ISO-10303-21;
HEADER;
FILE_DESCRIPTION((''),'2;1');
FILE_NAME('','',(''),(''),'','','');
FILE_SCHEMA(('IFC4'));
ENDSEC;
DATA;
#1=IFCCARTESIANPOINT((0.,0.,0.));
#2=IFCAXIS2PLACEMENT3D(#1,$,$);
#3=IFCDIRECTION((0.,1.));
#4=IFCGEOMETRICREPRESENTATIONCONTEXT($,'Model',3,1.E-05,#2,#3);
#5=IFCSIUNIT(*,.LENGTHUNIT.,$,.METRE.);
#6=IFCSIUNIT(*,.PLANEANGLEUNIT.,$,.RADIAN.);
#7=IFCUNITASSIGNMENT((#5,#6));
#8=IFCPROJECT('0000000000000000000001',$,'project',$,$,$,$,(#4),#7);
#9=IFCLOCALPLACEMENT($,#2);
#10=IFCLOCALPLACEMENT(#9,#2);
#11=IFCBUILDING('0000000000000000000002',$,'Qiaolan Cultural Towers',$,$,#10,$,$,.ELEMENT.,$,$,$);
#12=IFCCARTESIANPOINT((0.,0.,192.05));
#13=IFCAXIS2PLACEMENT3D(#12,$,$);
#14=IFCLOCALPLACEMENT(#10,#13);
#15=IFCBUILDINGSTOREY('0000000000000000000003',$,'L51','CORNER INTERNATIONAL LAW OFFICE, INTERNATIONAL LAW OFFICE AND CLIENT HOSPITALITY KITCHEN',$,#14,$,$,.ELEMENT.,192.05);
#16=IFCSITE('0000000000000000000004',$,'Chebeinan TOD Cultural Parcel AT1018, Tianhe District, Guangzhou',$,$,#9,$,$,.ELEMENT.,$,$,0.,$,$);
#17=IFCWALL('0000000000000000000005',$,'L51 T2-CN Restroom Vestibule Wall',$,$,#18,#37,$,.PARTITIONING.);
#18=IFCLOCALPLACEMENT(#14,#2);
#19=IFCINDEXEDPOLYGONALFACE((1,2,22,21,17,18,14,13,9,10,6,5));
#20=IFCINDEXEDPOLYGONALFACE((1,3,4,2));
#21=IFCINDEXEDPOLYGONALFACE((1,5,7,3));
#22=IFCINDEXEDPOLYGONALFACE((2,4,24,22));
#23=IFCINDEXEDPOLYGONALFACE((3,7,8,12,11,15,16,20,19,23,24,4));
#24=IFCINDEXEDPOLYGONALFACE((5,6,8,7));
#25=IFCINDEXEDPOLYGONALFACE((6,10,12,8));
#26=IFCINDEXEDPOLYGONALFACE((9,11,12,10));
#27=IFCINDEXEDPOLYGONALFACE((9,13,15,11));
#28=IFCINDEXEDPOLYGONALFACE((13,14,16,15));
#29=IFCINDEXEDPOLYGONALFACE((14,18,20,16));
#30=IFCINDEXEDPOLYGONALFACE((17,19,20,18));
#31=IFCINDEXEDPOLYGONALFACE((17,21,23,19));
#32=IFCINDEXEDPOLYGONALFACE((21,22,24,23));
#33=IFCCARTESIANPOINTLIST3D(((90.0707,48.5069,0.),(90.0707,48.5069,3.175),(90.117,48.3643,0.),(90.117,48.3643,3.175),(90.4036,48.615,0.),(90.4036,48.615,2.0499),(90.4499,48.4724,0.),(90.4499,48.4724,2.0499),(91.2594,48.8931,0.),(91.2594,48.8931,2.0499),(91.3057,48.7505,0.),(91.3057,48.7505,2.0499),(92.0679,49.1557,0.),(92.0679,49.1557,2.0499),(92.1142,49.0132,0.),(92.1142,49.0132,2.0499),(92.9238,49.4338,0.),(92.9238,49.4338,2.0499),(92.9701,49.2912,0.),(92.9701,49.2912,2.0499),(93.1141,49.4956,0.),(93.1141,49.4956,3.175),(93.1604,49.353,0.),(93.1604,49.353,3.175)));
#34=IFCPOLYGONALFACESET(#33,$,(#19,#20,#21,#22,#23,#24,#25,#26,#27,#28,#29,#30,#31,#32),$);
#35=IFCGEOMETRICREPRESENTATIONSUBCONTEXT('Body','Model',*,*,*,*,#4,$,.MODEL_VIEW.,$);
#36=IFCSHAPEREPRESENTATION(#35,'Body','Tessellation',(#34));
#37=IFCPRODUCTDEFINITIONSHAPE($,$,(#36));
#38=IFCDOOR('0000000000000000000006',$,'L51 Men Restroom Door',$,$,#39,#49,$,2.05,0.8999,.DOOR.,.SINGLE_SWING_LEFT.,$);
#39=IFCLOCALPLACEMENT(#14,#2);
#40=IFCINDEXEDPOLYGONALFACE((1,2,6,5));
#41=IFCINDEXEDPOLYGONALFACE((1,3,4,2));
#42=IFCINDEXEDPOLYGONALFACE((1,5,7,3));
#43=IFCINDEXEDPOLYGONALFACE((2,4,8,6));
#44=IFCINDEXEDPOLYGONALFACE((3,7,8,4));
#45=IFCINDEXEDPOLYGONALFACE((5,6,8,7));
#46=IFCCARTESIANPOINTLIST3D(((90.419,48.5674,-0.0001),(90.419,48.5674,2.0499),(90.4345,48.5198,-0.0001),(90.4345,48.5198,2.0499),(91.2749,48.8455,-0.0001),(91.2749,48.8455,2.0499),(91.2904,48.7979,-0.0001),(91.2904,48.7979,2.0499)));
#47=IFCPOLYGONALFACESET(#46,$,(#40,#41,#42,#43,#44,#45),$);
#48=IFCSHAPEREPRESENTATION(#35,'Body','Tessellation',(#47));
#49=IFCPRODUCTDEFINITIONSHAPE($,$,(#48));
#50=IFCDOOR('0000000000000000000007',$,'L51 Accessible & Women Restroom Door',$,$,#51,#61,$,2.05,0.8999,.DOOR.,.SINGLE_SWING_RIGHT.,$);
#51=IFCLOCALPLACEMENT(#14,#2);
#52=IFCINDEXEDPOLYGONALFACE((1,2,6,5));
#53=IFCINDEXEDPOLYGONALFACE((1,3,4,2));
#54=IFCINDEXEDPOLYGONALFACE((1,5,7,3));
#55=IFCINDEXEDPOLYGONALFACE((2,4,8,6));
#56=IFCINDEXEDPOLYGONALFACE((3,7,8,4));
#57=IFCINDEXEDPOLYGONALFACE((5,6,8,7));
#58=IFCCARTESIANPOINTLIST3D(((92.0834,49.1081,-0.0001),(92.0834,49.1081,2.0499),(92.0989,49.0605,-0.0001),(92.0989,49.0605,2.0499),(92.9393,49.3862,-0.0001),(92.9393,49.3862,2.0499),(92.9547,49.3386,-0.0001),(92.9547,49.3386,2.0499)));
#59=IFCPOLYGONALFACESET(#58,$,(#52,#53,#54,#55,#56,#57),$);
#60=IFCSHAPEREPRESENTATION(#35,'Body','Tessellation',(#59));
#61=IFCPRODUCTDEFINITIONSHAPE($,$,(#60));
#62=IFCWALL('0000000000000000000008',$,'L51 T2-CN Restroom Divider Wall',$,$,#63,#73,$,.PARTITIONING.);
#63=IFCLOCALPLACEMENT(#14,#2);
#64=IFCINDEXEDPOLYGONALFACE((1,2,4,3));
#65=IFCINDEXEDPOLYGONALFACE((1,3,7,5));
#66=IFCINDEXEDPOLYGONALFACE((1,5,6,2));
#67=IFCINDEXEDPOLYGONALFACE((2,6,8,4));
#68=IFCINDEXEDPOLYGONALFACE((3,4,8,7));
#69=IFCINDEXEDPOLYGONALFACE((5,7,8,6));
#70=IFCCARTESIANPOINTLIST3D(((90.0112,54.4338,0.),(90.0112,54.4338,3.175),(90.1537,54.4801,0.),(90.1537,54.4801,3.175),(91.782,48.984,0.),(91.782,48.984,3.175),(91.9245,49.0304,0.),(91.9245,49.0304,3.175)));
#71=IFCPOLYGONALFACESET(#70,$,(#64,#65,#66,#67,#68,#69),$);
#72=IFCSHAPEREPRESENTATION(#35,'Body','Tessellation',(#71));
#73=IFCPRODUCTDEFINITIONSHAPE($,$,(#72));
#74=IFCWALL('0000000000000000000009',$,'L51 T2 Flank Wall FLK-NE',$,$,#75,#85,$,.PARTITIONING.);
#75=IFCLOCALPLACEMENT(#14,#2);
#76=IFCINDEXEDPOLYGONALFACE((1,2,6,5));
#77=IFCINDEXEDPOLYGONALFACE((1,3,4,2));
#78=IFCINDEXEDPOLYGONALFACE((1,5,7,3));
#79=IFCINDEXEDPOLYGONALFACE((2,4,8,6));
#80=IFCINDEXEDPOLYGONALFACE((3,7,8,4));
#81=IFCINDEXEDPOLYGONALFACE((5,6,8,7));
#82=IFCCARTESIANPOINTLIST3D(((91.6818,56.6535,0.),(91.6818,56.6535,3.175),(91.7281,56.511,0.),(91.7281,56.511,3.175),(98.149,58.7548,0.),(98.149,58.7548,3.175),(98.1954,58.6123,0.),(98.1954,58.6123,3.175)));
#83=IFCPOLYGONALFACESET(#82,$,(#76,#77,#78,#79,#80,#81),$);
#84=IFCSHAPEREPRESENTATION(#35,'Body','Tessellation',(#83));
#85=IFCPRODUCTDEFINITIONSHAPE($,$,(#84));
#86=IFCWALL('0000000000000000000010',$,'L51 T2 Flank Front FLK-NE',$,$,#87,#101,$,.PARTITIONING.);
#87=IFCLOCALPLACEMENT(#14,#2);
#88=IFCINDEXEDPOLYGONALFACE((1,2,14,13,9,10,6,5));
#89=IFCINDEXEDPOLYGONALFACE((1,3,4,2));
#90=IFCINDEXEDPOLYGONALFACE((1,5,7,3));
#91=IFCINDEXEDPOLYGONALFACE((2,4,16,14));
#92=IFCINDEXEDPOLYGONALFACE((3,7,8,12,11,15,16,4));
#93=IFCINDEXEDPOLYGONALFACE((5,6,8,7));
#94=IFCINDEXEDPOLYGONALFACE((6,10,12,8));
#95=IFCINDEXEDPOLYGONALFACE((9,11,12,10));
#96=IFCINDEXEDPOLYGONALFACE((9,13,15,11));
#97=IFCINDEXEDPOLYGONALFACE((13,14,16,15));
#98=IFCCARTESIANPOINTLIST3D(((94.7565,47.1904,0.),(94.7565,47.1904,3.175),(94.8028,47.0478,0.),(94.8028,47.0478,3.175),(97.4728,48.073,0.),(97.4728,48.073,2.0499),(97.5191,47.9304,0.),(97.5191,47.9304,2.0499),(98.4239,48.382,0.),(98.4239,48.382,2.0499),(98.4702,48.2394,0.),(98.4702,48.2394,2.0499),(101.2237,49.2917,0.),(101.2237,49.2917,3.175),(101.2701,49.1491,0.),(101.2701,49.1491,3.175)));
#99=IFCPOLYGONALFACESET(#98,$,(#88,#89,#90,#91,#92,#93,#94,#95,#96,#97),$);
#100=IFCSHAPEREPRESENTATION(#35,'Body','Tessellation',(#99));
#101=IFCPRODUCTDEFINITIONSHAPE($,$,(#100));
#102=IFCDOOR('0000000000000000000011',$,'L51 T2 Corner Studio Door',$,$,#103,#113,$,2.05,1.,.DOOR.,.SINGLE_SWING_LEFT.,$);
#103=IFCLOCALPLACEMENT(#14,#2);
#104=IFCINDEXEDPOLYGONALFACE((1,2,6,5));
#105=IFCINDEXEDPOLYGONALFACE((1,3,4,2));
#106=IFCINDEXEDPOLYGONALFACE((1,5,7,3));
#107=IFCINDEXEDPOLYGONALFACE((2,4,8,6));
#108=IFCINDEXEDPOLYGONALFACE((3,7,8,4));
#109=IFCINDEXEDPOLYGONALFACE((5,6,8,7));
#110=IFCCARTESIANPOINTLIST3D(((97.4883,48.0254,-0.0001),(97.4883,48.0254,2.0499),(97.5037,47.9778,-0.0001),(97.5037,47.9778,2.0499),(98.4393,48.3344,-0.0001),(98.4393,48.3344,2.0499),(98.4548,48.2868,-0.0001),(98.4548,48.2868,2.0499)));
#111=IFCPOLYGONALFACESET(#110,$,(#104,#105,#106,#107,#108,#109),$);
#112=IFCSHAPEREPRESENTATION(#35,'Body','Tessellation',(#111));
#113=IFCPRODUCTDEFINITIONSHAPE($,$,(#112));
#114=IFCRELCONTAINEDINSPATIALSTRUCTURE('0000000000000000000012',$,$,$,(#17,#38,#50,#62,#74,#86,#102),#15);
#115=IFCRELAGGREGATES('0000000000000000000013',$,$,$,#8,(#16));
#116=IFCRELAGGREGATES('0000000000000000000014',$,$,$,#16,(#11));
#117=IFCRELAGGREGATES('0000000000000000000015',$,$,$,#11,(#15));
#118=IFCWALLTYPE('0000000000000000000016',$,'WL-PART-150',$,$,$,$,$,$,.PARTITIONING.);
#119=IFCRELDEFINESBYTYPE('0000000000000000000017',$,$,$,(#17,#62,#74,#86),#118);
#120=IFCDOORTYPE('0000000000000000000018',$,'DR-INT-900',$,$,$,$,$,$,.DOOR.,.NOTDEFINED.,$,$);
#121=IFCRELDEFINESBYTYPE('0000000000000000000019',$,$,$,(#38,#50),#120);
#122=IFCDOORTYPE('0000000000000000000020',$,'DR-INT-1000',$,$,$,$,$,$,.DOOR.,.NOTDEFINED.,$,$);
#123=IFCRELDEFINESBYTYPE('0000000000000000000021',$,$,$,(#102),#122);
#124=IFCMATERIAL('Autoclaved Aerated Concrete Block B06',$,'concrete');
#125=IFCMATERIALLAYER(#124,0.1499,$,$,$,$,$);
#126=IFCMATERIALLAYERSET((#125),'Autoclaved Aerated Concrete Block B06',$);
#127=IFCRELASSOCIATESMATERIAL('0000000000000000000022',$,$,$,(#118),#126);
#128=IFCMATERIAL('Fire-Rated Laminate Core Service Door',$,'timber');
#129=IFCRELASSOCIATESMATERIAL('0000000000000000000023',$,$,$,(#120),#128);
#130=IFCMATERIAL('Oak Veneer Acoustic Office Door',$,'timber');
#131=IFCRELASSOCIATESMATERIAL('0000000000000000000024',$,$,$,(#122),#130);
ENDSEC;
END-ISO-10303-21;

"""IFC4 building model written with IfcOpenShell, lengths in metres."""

from ifc_helpers import new_model, si_unit, direction, frame, frame_2d, origin, place, context, subcontext, project, spatial, rectangle, extrude, material, layer, layer_set, type_object, element, fill, save


model = new_model("IFC4")

# Units and contexts
model_context = context("Model", 3, precision=1e-05, world=origin(), true_north=direction((0.0, 1.0)))
body_context = subcontext(model_context, "Body", "Model", "MODEL_VIEW")
ifc_project = project(units=[si_unit("LENGTHUNIT", "METRE"), si_unit("PLANEANGLEUNIT", "RADIAN")], contexts=[model_context])

# Site, building, storey
site_placement = place(None, origin())
site = spatial("IfcSite", under=ifc_project, at=site_placement, Name="Chebeinan TOD Cultural Parcel AT1018, Tianhe District, Guangzhou", CompositionType="ELEMENT", RefElevation=0.0)
building_placement = place(site_placement, origin())
building = spatial("IfcBuilding", under=site, at=building_placement, Name="Qiaolan Cultural Towers", CompositionType="ELEMENT")
storey_placement = place(building_placement, frame((0.0, 0.0, 192.05)))
storey = spatial("IfcBuildingStorey", under=building, at=storey_placement, Name="L51", Description="CORNER INTERNATIONAL LAW OFFICE, INTERNATIONAL LAW OFFICE AND CLIENT HOSPITALITY KITCHEN", CompositionType="ELEMENT", Elevation=192.05)

# Shared definitions
ifc_material_1 = material(Name="Autoclaved Aerated Concrete Block B06", Category="concrete")
ifc_layer_1 = layer(ifc_material_1, 0.1499)
ifc_layer_set_1 = layer_set([ifc_layer_1], Name="Autoclaved Aerated Concrete Block B06")
wall_type_1 = type_object("IfcWallType", Name="WL-PART-150", PredefinedType="PARTITIONING", material=ifc_layer_set_1)

# Wall, openings, doors
wall_1_placement = place(storey_placement, frame((90.0938, 48.4355, 0.0), z_axis=(0.0, 0.0, 1.0), x_axis=(0.951067, 0.308986, 0.0)))
wall_1 = element("IfcWall", 1, at=wall_1_placement, inside=storey, type_object=wall_type_1, Name="L51 T2-CN Restroom Vestibule Wall", PredefinedType="PARTITIONING", context=body_context, shape_type="SweptSolid", body=[
    extrude(rectangle(XDim=3.2, YDim=0.1499, at=frame_2d((1.6001, 0.0))), origin(), (0.0, 0.0, 1.0), 3.175),
])
opening_1_placement = place(wall_1_placement, frame((0.3501, 0.0, 0.0)))
opening_1 = element("IfcOpeningElement", 2, at=opening_1_placement, cuts=wall_1, PredefinedType="OPENING", context=body_context, shape_type="SweptSolid", body=[
    extrude(rectangle(XDim=0.8999, YDim=2.05, at=frame_2d((0.45, 1.0249))), frame((0.0, 0.085, 0.0), z_axis=(0.0, -1.0, 0.0), x_axis=(1.0, 0.0, 0.0)), (0.0, 0.0, 1.0), 0.1699),
])
opening_2_placement = place(wall_1_placement, frame((2.1001, 0.0, 0.0)))
opening_2 = element("IfcOpeningElement", 3, at=opening_2_placement, cuts=wall_1, PredefinedType="OPENING", context=body_context, shape_type="SweptSolid", body=[
    extrude(rectangle(XDim=0.8999, YDim=2.05, at=frame_2d((0.45, 1.0249))), frame((0.0, 0.085, 0.0), z_axis=(0.0, -1.0, 0.0), x_axis=(1.0, 0.0, 0.0)), (0.0, 0.0, 1.0), 0.1699),
])
ifc_material_2 = material(Name="Fire-Rated Laminate Core Service Door", Category="timber")
door_type_1 = type_object("IfcDoorType", Name="DR-INT-900", OperationType="NOTDEFINED", PredefinedType="DOOR", material=ifc_material_2)
door_1_placement = place(opening_1_placement, origin())
door_1 = element("IfcDoor", 4, at=door_1_placement, inside=storey, type_object=door_type_1, Name="L51 Men Restroom Door", OperationType="SINGLE_SWING_LEFT", OverallHeight=2.05, OverallWidth=0.8999, PredefinedType="DOOR", context=body_context, shape_type="SweptSolid", body=[
    extrude(rectangle(XDim=0.8999, YDim=2.05, at=frame_2d((0.45, 1.0249))), frame((0.0, 0.0249, 0.0), z_axis=(0.0, -1.0, 0.0), x_axis=(1.0, 0.0, 0.0)), (0.0, 0.0, 1.0), 0.05),
])
fill(opening_1, door_1)
door_2_placement = place(opening_2_placement, origin())
door_2 = element("IfcDoor", 5, at=door_2_placement, inside=storey, type_object=door_type_1, Name="L51 Accessible & Women Restroom Door", OperationType="SINGLE_SWING_RIGHT", OverallHeight=2.05, OverallWidth=0.8999, PredefinedType="DOOR", context=body_context, shape_type="SweptSolid", body=[
    extrude(rectangle(XDim=0.8999, YDim=2.05, at=frame_2d((0.45, 1.0249))), frame((0.0, 0.0249, 0.0), z_axis=(0.0, -1.0, 0.0), x_axis=(1.0, 0.0, 0.0)), (0.0, 0.0, 1.0), 0.05),
])
fill(opening_2, door_2)

# Walls
wall_2_placement = place(storey_placement, frame((91.8533, 49.0071, 0.0), z_axis=(0.0, 0.0, 1.0), x_axis=(-0.309022, 0.951055, 0.0)))
element("IfcWall", 6, at=wall_2_placement, inside=storey, type_object=wall_type_1, Name="L51 T2-CN Restroom Divider Wall", PredefinedType="PARTITIONING", context=body_context, shape_type="SweptSolid", body=[
    extrude(rectangle(XDim=5.7302, YDim=0.1499, at=frame_2d((2.8652, 0.0))), origin(), (0.0, 0.0, 1.0), 3.175),
])
wall_3_placement = place(storey_placement, frame((91.7051, 56.5823, 0.0), z_axis=(0.0, 0.0, 1.0), x_axis=(0.951058, 0.309013, 0.0)))
element("IfcWall", 7, at=wall_3_placement, inside=storey, type_object=wall_type_1, Name="L51 T2 Flank Wall FLK-NE", PredefinedType="PARTITIONING", context=body_context, shape_type="SweptSolid", body=[
    extrude(rectangle(XDim=6.8, YDim=0.1499, at=frame_2d((3.3999, 0.0))), origin(), (0.0, 0.0, 1.0), 3.175),
])

# Wall, opening, door
wall_4_placement = place(storey_placement, frame((94.7798, 47.1191, 0.0), z_axis=(0.0, 0.0, 1.0), x_axis=(0.951058, 0.309013, 0.0)))
wall_4 = element("IfcWall", 8, at=wall_4_placement, inside=storey, type_object=wall_type_1, Name="L51 T2 Flank Front FLK-NE", PredefinedType="PARTITIONING", context=body_context, shape_type="SweptSolid", body=[
    extrude(rectangle(XDim=6.8, YDim=0.1499, at=frame_2d((3.3999, 0.0))), origin(), (0.0, 0.0, 1.0), 3.175),
])
opening_3_placement = place(wall_4_placement, frame((2.856, 0.0, 0.0)))
opening_3 = element("IfcOpeningElement", 9, at=opening_3_placement, cuts=wall_4, PredefinedType="OPENING", context=body_context, shape_type="SweptSolid", body=[
    extrude(rectangle(XDim=1.0, YDim=2.05, at=frame_2d((0.5, 1.0249))), frame((0.0, 0.085, 0.0), z_axis=(0.0, -1.0, 0.0), x_axis=(1.0, 0.0, 0.0)), (0.0, 0.0, 1.0), 0.1699),
])
ifc_material_3 = material(Name="Oak Veneer Acoustic Office Door", Category="timber")
door_type_2 = type_object("IfcDoorType", Name="DR-INT-1000", OperationType="NOTDEFINED", PredefinedType="DOOR", material=ifc_material_3)
door_3_placement = place(opening_3_placement, origin())
door_3 = element("IfcDoor", 10, at=door_3_placement, inside=storey, type_object=door_type_2, Name="L51 T2 Corner Studio Door", OperationType="SINGLE_SWING_LEFT", OverallHeight=2.05, OverallWidth=1.0, PredefinedType="DOOR", context=body_context, shape_type="SweptSolid", body=[
    extrude(rectangle(XDim=1.0, YDim=2.05, at=frame_2d((0.5, 1.0249))), frame((0.0, 0.0249, 0.0), z_axis=(0.0, -1.0, 0.0), x_axis=(1.0, 0.0, 0.0)), (0.0, 0.0, 1.0), 0.05),
])
fill(opening_3, door_3)

save(model, "model.ifc")
